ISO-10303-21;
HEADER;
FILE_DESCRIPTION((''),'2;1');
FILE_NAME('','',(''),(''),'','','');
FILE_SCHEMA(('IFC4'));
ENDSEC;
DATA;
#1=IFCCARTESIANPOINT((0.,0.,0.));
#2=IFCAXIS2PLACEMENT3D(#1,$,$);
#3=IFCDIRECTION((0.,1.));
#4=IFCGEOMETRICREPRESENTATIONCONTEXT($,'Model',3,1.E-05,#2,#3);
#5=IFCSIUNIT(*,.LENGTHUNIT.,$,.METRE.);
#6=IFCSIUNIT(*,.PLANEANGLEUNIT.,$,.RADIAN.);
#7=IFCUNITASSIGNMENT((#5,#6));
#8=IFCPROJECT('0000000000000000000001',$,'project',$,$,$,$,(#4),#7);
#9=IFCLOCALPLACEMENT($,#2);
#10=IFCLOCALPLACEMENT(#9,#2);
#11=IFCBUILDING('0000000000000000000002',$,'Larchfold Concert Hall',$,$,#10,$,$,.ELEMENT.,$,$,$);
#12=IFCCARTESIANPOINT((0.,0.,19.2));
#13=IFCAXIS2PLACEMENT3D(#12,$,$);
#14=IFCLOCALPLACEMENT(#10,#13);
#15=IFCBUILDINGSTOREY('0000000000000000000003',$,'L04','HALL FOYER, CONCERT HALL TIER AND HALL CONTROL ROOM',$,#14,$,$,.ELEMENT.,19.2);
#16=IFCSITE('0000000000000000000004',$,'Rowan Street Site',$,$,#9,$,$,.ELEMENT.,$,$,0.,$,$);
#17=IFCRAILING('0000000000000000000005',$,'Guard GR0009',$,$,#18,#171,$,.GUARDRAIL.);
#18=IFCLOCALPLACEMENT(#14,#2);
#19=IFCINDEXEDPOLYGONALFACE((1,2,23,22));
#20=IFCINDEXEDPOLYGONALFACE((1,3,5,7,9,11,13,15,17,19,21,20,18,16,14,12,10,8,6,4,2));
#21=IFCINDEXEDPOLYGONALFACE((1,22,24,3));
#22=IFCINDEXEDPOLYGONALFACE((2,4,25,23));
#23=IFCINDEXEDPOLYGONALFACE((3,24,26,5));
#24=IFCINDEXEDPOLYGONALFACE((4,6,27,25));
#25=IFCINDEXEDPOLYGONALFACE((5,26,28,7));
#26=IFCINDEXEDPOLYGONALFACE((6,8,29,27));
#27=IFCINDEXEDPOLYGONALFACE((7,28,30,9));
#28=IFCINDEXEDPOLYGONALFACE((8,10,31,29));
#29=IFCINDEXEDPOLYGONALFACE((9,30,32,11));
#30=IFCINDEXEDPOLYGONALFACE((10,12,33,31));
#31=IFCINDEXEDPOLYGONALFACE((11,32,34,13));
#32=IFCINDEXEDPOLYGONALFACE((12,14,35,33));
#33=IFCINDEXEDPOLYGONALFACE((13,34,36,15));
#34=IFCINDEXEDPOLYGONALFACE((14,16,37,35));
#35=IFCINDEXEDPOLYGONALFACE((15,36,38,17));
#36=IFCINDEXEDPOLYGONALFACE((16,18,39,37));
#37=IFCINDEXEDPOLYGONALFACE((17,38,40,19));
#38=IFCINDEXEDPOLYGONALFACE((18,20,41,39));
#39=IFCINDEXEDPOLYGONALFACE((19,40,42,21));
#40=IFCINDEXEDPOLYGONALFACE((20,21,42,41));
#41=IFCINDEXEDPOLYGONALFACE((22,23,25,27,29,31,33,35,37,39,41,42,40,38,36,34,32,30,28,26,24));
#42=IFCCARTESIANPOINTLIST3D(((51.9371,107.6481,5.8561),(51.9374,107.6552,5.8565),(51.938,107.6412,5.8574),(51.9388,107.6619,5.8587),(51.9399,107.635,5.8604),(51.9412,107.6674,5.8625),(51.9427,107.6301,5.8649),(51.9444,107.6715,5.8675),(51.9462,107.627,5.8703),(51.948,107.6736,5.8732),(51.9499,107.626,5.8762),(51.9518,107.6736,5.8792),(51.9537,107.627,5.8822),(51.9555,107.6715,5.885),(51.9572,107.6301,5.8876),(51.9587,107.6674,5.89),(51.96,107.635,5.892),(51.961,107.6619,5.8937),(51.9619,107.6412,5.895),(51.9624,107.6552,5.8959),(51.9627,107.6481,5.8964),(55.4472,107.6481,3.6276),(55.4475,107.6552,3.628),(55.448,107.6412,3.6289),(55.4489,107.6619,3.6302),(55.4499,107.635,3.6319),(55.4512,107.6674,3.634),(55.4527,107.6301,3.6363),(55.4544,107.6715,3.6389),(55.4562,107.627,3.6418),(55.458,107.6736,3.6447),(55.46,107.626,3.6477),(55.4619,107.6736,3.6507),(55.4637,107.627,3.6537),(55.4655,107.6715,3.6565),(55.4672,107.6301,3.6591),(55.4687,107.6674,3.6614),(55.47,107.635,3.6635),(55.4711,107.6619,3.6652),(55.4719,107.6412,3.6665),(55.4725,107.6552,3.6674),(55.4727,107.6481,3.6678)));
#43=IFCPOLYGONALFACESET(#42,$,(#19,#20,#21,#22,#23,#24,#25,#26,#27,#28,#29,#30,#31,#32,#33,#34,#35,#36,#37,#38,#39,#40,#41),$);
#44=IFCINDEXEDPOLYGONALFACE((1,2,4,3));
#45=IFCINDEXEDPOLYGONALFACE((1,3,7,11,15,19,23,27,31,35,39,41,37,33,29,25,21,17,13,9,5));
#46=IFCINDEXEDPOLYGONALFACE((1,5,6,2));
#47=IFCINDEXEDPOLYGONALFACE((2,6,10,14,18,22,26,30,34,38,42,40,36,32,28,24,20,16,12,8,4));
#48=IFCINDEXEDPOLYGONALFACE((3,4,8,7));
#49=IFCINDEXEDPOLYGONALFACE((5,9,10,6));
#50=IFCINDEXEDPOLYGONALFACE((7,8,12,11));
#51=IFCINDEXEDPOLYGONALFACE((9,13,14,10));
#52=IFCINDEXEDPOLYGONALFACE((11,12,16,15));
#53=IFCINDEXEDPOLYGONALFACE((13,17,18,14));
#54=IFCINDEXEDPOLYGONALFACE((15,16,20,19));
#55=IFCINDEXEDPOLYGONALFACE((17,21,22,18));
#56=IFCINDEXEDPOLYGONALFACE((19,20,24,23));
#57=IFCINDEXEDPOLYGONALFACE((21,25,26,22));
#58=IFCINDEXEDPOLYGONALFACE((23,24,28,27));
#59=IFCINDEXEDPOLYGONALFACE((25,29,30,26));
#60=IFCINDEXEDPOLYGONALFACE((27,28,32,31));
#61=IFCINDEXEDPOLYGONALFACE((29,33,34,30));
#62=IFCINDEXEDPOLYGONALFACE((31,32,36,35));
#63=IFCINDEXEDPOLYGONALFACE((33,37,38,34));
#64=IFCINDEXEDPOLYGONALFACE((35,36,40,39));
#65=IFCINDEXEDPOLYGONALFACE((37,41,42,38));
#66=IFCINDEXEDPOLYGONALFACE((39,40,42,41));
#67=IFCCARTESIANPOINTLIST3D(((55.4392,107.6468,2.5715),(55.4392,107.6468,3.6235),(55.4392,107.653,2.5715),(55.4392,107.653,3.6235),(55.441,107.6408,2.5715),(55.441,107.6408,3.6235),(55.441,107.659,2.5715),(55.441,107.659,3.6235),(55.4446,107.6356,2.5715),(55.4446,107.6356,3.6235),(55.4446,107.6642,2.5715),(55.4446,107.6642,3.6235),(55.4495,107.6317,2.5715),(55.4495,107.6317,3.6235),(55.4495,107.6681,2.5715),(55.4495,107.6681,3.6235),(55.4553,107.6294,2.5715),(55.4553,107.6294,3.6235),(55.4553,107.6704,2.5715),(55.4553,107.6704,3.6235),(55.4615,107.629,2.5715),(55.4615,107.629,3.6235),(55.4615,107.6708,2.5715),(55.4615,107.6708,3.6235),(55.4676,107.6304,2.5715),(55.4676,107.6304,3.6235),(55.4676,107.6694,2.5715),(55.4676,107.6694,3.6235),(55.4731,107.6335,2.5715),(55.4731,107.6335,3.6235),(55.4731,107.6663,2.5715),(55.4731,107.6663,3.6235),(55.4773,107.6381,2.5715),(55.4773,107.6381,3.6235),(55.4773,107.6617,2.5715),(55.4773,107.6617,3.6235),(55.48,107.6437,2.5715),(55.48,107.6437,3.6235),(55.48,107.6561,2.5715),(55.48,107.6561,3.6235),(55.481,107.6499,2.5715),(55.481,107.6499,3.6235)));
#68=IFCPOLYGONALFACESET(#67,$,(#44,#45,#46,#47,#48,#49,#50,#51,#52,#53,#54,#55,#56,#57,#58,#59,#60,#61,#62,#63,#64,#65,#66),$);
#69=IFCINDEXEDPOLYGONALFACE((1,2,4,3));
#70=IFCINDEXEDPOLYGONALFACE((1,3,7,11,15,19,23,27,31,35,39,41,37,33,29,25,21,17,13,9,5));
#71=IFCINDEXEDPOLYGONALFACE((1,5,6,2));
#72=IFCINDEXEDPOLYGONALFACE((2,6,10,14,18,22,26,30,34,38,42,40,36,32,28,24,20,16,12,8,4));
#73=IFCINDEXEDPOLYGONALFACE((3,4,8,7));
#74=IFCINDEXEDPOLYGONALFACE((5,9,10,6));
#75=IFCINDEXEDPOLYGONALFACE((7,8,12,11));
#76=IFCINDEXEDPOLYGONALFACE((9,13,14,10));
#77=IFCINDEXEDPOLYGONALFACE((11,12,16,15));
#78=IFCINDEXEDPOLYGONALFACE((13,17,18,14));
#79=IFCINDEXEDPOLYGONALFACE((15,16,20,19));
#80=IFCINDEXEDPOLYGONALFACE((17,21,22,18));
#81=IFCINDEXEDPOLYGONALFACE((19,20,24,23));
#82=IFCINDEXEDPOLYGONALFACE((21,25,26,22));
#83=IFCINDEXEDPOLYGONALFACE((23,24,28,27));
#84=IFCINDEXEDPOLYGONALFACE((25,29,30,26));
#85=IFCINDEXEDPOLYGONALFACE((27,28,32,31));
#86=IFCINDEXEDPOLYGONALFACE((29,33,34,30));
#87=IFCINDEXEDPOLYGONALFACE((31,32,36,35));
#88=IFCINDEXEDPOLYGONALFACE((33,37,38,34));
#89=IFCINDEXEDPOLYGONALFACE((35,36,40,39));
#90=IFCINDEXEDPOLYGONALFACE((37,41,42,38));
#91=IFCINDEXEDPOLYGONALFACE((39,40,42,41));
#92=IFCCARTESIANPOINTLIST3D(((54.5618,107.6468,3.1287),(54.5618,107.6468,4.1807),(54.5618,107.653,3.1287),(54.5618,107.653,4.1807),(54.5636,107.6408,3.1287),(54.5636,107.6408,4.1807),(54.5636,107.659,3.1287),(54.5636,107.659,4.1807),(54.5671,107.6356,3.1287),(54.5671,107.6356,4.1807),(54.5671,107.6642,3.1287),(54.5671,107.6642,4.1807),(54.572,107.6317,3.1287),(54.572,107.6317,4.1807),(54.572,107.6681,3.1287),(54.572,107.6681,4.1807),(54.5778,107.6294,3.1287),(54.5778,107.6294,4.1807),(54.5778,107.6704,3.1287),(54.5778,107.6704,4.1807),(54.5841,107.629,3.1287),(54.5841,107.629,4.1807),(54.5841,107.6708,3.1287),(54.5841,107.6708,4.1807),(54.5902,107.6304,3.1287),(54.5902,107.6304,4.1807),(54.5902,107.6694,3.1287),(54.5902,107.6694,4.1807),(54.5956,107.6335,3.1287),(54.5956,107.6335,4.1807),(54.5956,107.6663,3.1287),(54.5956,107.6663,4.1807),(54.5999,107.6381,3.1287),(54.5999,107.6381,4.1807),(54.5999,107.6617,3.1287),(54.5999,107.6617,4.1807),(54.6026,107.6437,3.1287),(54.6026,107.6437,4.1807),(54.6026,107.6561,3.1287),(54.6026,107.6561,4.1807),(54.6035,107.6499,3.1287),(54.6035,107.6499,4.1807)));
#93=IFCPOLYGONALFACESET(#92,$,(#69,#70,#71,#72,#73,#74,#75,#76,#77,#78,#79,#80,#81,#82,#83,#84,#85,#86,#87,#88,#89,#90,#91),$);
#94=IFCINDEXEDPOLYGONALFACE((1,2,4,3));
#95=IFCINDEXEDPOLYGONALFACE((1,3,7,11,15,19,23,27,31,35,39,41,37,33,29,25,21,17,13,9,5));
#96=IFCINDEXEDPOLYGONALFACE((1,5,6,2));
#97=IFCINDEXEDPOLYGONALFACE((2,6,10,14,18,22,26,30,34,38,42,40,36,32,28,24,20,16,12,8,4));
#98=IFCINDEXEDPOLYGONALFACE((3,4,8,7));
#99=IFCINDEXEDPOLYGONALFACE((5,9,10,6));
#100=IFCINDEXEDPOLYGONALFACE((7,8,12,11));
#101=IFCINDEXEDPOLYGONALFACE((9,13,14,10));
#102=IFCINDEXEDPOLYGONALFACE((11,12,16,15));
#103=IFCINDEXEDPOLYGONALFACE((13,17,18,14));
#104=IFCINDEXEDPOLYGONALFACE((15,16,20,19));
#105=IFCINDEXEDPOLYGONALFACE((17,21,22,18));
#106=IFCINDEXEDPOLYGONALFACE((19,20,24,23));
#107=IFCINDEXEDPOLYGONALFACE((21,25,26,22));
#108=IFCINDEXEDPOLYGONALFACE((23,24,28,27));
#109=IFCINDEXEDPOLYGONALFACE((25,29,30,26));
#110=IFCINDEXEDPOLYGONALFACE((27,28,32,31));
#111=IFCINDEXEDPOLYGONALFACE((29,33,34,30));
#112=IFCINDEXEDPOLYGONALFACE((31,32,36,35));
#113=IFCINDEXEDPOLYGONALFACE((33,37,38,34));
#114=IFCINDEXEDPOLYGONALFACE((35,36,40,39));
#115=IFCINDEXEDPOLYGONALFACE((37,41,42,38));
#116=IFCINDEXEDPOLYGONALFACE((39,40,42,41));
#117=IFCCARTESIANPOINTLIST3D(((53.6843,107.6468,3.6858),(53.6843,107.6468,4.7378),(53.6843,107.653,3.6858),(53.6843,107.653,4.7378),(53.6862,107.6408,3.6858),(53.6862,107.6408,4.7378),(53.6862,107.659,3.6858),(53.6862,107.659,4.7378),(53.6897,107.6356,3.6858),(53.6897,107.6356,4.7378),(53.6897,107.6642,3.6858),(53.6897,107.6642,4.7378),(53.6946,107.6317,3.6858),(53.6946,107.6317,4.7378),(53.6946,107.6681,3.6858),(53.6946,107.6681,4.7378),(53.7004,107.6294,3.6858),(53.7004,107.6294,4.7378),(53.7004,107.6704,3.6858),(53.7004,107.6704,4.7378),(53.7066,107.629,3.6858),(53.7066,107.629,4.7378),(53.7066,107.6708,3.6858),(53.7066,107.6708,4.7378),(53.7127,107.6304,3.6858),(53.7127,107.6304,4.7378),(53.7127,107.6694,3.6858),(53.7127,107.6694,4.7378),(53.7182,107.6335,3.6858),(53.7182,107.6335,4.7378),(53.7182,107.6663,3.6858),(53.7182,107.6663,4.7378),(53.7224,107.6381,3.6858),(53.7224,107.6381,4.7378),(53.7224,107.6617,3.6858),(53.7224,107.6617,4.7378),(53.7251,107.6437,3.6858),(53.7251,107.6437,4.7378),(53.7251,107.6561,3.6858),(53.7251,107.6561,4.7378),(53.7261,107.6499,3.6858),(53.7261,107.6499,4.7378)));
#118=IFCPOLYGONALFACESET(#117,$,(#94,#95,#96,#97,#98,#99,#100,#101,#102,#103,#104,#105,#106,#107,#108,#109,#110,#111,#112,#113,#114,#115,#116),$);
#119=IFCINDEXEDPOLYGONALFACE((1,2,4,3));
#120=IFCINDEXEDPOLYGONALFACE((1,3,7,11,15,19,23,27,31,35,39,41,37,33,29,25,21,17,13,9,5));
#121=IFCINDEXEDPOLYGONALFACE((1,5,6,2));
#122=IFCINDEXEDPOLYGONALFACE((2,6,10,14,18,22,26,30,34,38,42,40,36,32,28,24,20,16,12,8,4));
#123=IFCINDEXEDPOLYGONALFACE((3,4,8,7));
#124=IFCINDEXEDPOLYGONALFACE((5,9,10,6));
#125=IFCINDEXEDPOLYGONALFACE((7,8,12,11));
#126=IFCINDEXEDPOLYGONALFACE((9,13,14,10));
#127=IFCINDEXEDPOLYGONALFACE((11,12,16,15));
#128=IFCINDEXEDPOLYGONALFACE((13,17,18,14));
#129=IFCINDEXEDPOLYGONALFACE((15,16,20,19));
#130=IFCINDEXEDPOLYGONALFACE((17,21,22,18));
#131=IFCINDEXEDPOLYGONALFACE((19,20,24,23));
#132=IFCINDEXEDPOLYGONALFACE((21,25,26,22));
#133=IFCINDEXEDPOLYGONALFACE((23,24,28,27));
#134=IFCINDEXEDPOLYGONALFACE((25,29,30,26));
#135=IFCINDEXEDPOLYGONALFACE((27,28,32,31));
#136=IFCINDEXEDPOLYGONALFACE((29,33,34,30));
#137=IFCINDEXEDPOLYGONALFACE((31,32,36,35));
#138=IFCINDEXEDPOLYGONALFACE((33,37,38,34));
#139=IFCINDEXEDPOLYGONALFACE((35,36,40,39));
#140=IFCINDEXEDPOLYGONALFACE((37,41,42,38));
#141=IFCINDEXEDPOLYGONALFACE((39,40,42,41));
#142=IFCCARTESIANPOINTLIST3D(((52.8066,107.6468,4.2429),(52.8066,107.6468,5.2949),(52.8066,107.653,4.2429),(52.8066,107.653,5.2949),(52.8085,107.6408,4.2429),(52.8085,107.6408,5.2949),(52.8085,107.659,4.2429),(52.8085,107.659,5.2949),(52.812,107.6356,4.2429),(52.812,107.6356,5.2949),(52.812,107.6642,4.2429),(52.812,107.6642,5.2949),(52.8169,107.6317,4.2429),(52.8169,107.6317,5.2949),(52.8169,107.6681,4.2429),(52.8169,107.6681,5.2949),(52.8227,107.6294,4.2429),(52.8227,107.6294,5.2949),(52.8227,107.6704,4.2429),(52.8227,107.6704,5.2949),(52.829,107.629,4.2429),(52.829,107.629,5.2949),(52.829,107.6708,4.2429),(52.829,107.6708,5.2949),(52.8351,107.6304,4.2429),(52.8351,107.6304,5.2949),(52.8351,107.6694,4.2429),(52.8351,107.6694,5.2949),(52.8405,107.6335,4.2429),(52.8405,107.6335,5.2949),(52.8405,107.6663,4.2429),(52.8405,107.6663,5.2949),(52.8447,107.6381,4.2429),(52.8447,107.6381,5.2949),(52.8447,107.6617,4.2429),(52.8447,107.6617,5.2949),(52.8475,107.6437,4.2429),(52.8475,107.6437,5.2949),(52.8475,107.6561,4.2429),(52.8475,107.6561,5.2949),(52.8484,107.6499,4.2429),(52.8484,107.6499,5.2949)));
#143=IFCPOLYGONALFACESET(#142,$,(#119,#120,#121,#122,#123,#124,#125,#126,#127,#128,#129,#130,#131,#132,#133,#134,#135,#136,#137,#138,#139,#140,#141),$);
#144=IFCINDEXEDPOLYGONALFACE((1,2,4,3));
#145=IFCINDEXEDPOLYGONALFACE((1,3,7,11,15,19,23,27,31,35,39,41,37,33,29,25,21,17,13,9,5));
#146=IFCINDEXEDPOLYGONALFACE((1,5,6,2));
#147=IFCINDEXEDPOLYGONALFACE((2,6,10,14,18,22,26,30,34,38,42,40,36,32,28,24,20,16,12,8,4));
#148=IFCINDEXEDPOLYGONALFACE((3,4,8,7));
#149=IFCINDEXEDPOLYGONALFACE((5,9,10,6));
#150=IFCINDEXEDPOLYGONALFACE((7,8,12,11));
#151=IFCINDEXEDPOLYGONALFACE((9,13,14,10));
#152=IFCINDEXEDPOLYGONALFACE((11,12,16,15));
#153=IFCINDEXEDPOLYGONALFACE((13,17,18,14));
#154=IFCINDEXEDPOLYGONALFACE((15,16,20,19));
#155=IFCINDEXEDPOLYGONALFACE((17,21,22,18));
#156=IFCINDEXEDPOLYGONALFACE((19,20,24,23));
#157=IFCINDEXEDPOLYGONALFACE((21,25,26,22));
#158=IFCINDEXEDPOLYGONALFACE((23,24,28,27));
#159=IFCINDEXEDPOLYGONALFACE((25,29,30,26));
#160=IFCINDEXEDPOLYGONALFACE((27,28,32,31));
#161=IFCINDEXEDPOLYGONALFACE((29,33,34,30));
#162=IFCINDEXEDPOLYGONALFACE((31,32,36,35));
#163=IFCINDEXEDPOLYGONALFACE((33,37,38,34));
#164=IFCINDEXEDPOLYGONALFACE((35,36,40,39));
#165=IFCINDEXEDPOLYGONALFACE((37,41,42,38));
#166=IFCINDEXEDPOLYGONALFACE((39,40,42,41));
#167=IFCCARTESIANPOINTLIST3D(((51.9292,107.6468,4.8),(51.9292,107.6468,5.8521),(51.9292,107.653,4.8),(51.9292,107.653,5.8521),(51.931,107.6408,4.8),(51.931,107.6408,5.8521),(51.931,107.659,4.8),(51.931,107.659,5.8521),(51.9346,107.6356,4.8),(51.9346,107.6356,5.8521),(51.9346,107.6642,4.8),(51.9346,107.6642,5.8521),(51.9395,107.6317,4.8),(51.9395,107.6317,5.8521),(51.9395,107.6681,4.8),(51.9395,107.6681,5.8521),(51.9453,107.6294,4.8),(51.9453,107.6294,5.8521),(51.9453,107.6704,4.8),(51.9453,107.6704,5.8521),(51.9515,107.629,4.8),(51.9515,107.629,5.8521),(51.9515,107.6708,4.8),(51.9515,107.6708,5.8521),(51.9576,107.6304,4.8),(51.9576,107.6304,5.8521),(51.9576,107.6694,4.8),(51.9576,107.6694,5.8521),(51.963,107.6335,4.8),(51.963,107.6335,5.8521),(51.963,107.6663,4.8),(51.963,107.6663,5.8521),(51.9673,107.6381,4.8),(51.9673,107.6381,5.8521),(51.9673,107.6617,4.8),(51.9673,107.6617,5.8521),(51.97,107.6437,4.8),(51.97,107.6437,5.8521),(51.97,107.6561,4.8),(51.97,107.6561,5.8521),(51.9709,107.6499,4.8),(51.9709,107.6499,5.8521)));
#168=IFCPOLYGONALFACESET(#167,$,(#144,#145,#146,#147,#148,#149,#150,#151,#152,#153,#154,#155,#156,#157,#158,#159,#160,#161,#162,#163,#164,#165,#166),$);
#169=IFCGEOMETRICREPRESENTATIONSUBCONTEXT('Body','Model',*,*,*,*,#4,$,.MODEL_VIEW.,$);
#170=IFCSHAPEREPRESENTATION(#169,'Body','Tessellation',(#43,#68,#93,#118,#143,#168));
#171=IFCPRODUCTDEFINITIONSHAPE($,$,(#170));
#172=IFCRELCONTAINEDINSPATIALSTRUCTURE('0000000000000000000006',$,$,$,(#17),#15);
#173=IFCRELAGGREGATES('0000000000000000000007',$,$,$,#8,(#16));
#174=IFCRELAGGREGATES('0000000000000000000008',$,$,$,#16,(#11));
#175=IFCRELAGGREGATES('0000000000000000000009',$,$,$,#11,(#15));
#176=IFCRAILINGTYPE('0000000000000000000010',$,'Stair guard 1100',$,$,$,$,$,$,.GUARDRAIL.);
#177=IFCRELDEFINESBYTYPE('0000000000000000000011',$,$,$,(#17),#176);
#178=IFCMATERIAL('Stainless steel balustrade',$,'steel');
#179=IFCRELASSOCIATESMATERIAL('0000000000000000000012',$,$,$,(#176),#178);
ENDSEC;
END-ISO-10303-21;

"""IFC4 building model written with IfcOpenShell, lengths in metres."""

from ifc_helpers import new_model, si_unit, direction, frame, origin, origin_2d, place, context, subcontext, project, spatial, circle, extrude, material, type_object, element, save


model = new_model("IFC4")

# Units and contexts
model_context = context("Model", 3, precision=1e-05, world=origin(), true_north=direction((0.0, 1.0)))
body_context = subcontext(model_context, "Body", "Model", "MODEL_VIEW")
ifc_project = project(units=[si_unit("LENGTHUNIT", "METRE"), si_unit("PLANEANGLEUNIT", "RADIAN")], contexts=[model_context])

# Site, building, storey
site_placement = place(None, origin())
site = spatial("IfcSite", under=ifc_project, at=site_placement, Name="Rowan Street Site", CompositionType="ELEMENT", RefElevation=0.0)
building_placement = place(site_placement, origin())
building = spatial("IfcBuilding", under=site, at=building_placement, Name="Larchfold Concert Hall", CompositionType="ELEMENT")
storey_placement = place(building_placement, frame((0.0, 0.0, 19.2)))
storey = spatial("IfcBuildingStorey", under=building, at=storey_placement, Name="L04", Description="HALL FOYER, CONCERT HALL TIER AND HALL CONTROL ROOM", CompositionType="ELEMENT", Elevation=19.2)

# Railing
ifc_material_1 = material(Name="Stainless steel balustrade", Category="steel")
railing_type_1 = type_object("IfcRailingType", Name="Stair guard 1100", PredefinedType="GUARDRAIL", material=ifc_material_1)
railing_1_placement = place(storey_placement, frame((55.46, 107.6499, 2.5715)))
element("IfcRailing", 1, at=railing_1_placement, inside=storey, type_object=railing_type_1, Name="Guard GR0009", PredefinedType="GUARDRAIL", context=body_context, shape_type="SweptSolid", body=[
    extrude(circle(Radius=0.0239, at=origin_2d()), frame((0.0, 0.0, 1.0762), z_axis=(-0.84422, 0.0, 0.535998), x_axis=(0.0, -1.0, 0.0)), (0.0, 0.0, 1.0), 4.1577),
    extrude(circle(Radius=0.021, at=origin_2d()), origin(), (0.0, 0.0, 1.0), 1.052),
    extrude(circle(Radius=0.021, at=origin_2d()), frame((-0.8774, 0.0, 0.5571)), (0.0, 0.0, 1.0), 1.052),
    extrude(circle(Radius=0.021, at=origin_2d()), frame((-1.7549, 0.0, 1.1143)), (0.0, 0.0, 1.0), 1.052),
    extrude(circle(Radius=0.021, at=origin_2d()), frame((-2.6326, 0.0, 1.6714)), (0.0, 0.0, 1.0), 1.052),
    extrude(circle(Radius=0.021, at=origin_2d()), frame((-3.51, 0.0, 2.2285)), (0.0, 0.0, 1.0), 1.052),
])

save(model, "model.ifc")
